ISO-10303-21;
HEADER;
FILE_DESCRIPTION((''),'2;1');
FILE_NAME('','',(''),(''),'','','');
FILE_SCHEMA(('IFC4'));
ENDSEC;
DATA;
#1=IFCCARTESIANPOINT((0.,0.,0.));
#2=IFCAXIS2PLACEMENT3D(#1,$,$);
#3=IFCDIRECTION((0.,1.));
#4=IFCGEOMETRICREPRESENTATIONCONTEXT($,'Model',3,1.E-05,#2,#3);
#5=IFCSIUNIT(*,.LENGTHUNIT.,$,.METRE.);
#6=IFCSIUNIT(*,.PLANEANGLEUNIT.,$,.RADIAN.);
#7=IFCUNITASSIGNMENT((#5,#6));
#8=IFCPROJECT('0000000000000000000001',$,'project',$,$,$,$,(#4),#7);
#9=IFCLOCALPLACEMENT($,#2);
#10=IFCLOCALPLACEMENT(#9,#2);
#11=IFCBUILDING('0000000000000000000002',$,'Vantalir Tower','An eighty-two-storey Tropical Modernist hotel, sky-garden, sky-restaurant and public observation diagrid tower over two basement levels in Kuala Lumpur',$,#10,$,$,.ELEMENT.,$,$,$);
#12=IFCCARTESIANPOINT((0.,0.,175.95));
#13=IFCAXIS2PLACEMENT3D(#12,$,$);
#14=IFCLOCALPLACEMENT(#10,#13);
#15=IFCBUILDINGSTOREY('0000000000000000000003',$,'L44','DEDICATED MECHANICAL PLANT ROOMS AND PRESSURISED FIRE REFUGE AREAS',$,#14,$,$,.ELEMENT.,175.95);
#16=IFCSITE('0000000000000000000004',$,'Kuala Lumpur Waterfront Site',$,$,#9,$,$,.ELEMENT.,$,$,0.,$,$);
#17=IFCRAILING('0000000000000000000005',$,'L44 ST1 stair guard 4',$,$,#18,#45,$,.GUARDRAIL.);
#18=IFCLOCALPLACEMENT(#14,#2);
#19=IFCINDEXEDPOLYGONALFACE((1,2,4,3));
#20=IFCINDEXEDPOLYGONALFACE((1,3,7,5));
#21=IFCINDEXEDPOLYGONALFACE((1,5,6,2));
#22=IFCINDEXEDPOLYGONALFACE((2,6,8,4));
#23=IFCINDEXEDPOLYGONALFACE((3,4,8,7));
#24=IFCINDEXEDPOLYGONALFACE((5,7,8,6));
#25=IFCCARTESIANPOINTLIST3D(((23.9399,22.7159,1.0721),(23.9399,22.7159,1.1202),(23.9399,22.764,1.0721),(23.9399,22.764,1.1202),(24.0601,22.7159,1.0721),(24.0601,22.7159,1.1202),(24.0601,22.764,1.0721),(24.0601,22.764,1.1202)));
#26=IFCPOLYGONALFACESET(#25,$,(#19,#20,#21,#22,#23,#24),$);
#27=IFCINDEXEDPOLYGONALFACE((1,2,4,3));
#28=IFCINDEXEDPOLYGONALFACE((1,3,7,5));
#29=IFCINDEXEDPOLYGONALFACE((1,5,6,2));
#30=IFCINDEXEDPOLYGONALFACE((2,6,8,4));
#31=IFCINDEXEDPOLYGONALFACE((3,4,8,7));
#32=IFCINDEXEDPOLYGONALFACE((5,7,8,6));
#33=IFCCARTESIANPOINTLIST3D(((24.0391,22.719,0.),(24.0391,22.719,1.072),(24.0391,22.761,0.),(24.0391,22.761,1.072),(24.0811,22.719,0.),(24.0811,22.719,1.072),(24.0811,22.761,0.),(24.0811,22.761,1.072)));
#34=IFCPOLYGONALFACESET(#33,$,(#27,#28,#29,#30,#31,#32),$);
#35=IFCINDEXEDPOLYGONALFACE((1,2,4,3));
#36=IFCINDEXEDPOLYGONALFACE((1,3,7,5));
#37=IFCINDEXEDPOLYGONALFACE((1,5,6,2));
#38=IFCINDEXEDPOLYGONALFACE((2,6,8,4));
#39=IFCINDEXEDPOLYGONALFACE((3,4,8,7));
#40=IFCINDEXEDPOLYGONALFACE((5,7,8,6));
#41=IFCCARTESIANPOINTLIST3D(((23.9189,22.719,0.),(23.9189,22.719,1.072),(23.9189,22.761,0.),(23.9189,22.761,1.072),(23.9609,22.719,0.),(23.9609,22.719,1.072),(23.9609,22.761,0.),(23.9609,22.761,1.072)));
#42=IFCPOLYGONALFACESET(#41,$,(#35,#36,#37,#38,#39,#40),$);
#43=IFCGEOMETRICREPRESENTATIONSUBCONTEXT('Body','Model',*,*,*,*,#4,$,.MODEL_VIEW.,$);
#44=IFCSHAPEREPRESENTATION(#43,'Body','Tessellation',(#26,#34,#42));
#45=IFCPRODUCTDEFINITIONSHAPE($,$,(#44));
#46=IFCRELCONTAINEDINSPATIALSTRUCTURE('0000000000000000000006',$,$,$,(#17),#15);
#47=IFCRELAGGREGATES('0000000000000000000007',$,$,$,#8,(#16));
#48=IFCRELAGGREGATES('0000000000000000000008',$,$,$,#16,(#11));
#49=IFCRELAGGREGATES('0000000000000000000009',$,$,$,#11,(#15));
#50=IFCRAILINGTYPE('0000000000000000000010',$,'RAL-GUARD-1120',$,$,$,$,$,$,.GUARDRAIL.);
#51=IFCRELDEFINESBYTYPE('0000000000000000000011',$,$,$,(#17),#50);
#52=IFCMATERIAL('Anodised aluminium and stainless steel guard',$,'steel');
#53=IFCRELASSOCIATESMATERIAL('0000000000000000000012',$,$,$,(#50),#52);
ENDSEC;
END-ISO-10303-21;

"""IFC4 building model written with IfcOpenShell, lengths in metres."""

from ifc_helpers import new_model, si_unit, direction, frame, origin, origin_2d, place, context, subcontext, project, spatial, rectangle, extrude, material, type_object, element, save


model = new_model("IFC4")

# Units and contexts
model_context = context("Model", 3, precision=1e-05, world=origin(), true_north=direction((0.0, 1.0)))
body_context = subcontext(model_context, "Body", "Model", "MODEL_VIEW")
ifc_project = project(units=[si_unit("LENGTHUNIT", "METRE"), si_unit("PLANEANGLEUNIT", "RADIAN")], contexts=[model_context])

# Site, building, storey
site_placement = place(None, origin())
site = spatial("IfcSite", under=ifc_project, at=site_placement, Name="Kuala Lumpur Waterfront Site", CompositionType="ELEMENT", RefElevation=0.0)
building_placement = place(site_placement, origin())
building = spatial("IfcBuilding", under=site, at=building_placement, Name="Vantalir Tower", Description="An eighty-two-storey Tropical Modernist hotel, sky-garden, sky-restaurant and public observation diagrid tower over two basement levels in Kuala Lumpur", CompositionType="ELEMENT")
storey_placement = place(building_placement, frame((0.0, 0.0, 175.95)))
storey = spatial("IfcBuildingStorey", under=building, at=storey_placement, Name="L44", Description="DEDICATED MECHANICAL PLANT ROOMS AND PRESSURISED FIRE REFUGE AREAS", CompositionType="ELEMENT", Elevation=175.95)

# Railing
ifc_material_1 = material(Name="Anodised aluminium and stainless steel guard", Category="steel")
railing_type = type_object("IfcRailingType", Name="RAL-GUARD-1120", PredefinedType="GUARDRAIL", material=ifc_material_1)
railing_1_placement = place(storey_placement, frame((24.0601, 22.74, 0.0)))
element("IfcRailing", 1, at=railing_1_placement, inside=storey, type_object=railing_type, Name="L44 ST1 stair guard 4", PredefinedType="GUARDRAIL", context=body_context, shape_type="SweptSolid", body=[
    extrude(rectangle(XDim=0.0481, YDim=0.0481, at=origin_2d()), frame((0.0, 0.0, 1.0962), z_axis=(-1.0, 0.0, 0.0), x_axis=(0.0, -1.0, 0.0)), (0.0, 0.0, 1.0), 0.1201),
    extrude(rectangle(XDim=0.042, YDim=0.042, at=origin_2d()), origin(), (0.0, 0.0, 1.0), 1.072),
    extrude(rectangle(XDim=0.042, YDim=0.042, at=origin_2d()), frame((-0.1201, 0.0, 0.0)), (0.0, 0.0, 1.0), 1.072),
])

save(model, "model.ifc")
